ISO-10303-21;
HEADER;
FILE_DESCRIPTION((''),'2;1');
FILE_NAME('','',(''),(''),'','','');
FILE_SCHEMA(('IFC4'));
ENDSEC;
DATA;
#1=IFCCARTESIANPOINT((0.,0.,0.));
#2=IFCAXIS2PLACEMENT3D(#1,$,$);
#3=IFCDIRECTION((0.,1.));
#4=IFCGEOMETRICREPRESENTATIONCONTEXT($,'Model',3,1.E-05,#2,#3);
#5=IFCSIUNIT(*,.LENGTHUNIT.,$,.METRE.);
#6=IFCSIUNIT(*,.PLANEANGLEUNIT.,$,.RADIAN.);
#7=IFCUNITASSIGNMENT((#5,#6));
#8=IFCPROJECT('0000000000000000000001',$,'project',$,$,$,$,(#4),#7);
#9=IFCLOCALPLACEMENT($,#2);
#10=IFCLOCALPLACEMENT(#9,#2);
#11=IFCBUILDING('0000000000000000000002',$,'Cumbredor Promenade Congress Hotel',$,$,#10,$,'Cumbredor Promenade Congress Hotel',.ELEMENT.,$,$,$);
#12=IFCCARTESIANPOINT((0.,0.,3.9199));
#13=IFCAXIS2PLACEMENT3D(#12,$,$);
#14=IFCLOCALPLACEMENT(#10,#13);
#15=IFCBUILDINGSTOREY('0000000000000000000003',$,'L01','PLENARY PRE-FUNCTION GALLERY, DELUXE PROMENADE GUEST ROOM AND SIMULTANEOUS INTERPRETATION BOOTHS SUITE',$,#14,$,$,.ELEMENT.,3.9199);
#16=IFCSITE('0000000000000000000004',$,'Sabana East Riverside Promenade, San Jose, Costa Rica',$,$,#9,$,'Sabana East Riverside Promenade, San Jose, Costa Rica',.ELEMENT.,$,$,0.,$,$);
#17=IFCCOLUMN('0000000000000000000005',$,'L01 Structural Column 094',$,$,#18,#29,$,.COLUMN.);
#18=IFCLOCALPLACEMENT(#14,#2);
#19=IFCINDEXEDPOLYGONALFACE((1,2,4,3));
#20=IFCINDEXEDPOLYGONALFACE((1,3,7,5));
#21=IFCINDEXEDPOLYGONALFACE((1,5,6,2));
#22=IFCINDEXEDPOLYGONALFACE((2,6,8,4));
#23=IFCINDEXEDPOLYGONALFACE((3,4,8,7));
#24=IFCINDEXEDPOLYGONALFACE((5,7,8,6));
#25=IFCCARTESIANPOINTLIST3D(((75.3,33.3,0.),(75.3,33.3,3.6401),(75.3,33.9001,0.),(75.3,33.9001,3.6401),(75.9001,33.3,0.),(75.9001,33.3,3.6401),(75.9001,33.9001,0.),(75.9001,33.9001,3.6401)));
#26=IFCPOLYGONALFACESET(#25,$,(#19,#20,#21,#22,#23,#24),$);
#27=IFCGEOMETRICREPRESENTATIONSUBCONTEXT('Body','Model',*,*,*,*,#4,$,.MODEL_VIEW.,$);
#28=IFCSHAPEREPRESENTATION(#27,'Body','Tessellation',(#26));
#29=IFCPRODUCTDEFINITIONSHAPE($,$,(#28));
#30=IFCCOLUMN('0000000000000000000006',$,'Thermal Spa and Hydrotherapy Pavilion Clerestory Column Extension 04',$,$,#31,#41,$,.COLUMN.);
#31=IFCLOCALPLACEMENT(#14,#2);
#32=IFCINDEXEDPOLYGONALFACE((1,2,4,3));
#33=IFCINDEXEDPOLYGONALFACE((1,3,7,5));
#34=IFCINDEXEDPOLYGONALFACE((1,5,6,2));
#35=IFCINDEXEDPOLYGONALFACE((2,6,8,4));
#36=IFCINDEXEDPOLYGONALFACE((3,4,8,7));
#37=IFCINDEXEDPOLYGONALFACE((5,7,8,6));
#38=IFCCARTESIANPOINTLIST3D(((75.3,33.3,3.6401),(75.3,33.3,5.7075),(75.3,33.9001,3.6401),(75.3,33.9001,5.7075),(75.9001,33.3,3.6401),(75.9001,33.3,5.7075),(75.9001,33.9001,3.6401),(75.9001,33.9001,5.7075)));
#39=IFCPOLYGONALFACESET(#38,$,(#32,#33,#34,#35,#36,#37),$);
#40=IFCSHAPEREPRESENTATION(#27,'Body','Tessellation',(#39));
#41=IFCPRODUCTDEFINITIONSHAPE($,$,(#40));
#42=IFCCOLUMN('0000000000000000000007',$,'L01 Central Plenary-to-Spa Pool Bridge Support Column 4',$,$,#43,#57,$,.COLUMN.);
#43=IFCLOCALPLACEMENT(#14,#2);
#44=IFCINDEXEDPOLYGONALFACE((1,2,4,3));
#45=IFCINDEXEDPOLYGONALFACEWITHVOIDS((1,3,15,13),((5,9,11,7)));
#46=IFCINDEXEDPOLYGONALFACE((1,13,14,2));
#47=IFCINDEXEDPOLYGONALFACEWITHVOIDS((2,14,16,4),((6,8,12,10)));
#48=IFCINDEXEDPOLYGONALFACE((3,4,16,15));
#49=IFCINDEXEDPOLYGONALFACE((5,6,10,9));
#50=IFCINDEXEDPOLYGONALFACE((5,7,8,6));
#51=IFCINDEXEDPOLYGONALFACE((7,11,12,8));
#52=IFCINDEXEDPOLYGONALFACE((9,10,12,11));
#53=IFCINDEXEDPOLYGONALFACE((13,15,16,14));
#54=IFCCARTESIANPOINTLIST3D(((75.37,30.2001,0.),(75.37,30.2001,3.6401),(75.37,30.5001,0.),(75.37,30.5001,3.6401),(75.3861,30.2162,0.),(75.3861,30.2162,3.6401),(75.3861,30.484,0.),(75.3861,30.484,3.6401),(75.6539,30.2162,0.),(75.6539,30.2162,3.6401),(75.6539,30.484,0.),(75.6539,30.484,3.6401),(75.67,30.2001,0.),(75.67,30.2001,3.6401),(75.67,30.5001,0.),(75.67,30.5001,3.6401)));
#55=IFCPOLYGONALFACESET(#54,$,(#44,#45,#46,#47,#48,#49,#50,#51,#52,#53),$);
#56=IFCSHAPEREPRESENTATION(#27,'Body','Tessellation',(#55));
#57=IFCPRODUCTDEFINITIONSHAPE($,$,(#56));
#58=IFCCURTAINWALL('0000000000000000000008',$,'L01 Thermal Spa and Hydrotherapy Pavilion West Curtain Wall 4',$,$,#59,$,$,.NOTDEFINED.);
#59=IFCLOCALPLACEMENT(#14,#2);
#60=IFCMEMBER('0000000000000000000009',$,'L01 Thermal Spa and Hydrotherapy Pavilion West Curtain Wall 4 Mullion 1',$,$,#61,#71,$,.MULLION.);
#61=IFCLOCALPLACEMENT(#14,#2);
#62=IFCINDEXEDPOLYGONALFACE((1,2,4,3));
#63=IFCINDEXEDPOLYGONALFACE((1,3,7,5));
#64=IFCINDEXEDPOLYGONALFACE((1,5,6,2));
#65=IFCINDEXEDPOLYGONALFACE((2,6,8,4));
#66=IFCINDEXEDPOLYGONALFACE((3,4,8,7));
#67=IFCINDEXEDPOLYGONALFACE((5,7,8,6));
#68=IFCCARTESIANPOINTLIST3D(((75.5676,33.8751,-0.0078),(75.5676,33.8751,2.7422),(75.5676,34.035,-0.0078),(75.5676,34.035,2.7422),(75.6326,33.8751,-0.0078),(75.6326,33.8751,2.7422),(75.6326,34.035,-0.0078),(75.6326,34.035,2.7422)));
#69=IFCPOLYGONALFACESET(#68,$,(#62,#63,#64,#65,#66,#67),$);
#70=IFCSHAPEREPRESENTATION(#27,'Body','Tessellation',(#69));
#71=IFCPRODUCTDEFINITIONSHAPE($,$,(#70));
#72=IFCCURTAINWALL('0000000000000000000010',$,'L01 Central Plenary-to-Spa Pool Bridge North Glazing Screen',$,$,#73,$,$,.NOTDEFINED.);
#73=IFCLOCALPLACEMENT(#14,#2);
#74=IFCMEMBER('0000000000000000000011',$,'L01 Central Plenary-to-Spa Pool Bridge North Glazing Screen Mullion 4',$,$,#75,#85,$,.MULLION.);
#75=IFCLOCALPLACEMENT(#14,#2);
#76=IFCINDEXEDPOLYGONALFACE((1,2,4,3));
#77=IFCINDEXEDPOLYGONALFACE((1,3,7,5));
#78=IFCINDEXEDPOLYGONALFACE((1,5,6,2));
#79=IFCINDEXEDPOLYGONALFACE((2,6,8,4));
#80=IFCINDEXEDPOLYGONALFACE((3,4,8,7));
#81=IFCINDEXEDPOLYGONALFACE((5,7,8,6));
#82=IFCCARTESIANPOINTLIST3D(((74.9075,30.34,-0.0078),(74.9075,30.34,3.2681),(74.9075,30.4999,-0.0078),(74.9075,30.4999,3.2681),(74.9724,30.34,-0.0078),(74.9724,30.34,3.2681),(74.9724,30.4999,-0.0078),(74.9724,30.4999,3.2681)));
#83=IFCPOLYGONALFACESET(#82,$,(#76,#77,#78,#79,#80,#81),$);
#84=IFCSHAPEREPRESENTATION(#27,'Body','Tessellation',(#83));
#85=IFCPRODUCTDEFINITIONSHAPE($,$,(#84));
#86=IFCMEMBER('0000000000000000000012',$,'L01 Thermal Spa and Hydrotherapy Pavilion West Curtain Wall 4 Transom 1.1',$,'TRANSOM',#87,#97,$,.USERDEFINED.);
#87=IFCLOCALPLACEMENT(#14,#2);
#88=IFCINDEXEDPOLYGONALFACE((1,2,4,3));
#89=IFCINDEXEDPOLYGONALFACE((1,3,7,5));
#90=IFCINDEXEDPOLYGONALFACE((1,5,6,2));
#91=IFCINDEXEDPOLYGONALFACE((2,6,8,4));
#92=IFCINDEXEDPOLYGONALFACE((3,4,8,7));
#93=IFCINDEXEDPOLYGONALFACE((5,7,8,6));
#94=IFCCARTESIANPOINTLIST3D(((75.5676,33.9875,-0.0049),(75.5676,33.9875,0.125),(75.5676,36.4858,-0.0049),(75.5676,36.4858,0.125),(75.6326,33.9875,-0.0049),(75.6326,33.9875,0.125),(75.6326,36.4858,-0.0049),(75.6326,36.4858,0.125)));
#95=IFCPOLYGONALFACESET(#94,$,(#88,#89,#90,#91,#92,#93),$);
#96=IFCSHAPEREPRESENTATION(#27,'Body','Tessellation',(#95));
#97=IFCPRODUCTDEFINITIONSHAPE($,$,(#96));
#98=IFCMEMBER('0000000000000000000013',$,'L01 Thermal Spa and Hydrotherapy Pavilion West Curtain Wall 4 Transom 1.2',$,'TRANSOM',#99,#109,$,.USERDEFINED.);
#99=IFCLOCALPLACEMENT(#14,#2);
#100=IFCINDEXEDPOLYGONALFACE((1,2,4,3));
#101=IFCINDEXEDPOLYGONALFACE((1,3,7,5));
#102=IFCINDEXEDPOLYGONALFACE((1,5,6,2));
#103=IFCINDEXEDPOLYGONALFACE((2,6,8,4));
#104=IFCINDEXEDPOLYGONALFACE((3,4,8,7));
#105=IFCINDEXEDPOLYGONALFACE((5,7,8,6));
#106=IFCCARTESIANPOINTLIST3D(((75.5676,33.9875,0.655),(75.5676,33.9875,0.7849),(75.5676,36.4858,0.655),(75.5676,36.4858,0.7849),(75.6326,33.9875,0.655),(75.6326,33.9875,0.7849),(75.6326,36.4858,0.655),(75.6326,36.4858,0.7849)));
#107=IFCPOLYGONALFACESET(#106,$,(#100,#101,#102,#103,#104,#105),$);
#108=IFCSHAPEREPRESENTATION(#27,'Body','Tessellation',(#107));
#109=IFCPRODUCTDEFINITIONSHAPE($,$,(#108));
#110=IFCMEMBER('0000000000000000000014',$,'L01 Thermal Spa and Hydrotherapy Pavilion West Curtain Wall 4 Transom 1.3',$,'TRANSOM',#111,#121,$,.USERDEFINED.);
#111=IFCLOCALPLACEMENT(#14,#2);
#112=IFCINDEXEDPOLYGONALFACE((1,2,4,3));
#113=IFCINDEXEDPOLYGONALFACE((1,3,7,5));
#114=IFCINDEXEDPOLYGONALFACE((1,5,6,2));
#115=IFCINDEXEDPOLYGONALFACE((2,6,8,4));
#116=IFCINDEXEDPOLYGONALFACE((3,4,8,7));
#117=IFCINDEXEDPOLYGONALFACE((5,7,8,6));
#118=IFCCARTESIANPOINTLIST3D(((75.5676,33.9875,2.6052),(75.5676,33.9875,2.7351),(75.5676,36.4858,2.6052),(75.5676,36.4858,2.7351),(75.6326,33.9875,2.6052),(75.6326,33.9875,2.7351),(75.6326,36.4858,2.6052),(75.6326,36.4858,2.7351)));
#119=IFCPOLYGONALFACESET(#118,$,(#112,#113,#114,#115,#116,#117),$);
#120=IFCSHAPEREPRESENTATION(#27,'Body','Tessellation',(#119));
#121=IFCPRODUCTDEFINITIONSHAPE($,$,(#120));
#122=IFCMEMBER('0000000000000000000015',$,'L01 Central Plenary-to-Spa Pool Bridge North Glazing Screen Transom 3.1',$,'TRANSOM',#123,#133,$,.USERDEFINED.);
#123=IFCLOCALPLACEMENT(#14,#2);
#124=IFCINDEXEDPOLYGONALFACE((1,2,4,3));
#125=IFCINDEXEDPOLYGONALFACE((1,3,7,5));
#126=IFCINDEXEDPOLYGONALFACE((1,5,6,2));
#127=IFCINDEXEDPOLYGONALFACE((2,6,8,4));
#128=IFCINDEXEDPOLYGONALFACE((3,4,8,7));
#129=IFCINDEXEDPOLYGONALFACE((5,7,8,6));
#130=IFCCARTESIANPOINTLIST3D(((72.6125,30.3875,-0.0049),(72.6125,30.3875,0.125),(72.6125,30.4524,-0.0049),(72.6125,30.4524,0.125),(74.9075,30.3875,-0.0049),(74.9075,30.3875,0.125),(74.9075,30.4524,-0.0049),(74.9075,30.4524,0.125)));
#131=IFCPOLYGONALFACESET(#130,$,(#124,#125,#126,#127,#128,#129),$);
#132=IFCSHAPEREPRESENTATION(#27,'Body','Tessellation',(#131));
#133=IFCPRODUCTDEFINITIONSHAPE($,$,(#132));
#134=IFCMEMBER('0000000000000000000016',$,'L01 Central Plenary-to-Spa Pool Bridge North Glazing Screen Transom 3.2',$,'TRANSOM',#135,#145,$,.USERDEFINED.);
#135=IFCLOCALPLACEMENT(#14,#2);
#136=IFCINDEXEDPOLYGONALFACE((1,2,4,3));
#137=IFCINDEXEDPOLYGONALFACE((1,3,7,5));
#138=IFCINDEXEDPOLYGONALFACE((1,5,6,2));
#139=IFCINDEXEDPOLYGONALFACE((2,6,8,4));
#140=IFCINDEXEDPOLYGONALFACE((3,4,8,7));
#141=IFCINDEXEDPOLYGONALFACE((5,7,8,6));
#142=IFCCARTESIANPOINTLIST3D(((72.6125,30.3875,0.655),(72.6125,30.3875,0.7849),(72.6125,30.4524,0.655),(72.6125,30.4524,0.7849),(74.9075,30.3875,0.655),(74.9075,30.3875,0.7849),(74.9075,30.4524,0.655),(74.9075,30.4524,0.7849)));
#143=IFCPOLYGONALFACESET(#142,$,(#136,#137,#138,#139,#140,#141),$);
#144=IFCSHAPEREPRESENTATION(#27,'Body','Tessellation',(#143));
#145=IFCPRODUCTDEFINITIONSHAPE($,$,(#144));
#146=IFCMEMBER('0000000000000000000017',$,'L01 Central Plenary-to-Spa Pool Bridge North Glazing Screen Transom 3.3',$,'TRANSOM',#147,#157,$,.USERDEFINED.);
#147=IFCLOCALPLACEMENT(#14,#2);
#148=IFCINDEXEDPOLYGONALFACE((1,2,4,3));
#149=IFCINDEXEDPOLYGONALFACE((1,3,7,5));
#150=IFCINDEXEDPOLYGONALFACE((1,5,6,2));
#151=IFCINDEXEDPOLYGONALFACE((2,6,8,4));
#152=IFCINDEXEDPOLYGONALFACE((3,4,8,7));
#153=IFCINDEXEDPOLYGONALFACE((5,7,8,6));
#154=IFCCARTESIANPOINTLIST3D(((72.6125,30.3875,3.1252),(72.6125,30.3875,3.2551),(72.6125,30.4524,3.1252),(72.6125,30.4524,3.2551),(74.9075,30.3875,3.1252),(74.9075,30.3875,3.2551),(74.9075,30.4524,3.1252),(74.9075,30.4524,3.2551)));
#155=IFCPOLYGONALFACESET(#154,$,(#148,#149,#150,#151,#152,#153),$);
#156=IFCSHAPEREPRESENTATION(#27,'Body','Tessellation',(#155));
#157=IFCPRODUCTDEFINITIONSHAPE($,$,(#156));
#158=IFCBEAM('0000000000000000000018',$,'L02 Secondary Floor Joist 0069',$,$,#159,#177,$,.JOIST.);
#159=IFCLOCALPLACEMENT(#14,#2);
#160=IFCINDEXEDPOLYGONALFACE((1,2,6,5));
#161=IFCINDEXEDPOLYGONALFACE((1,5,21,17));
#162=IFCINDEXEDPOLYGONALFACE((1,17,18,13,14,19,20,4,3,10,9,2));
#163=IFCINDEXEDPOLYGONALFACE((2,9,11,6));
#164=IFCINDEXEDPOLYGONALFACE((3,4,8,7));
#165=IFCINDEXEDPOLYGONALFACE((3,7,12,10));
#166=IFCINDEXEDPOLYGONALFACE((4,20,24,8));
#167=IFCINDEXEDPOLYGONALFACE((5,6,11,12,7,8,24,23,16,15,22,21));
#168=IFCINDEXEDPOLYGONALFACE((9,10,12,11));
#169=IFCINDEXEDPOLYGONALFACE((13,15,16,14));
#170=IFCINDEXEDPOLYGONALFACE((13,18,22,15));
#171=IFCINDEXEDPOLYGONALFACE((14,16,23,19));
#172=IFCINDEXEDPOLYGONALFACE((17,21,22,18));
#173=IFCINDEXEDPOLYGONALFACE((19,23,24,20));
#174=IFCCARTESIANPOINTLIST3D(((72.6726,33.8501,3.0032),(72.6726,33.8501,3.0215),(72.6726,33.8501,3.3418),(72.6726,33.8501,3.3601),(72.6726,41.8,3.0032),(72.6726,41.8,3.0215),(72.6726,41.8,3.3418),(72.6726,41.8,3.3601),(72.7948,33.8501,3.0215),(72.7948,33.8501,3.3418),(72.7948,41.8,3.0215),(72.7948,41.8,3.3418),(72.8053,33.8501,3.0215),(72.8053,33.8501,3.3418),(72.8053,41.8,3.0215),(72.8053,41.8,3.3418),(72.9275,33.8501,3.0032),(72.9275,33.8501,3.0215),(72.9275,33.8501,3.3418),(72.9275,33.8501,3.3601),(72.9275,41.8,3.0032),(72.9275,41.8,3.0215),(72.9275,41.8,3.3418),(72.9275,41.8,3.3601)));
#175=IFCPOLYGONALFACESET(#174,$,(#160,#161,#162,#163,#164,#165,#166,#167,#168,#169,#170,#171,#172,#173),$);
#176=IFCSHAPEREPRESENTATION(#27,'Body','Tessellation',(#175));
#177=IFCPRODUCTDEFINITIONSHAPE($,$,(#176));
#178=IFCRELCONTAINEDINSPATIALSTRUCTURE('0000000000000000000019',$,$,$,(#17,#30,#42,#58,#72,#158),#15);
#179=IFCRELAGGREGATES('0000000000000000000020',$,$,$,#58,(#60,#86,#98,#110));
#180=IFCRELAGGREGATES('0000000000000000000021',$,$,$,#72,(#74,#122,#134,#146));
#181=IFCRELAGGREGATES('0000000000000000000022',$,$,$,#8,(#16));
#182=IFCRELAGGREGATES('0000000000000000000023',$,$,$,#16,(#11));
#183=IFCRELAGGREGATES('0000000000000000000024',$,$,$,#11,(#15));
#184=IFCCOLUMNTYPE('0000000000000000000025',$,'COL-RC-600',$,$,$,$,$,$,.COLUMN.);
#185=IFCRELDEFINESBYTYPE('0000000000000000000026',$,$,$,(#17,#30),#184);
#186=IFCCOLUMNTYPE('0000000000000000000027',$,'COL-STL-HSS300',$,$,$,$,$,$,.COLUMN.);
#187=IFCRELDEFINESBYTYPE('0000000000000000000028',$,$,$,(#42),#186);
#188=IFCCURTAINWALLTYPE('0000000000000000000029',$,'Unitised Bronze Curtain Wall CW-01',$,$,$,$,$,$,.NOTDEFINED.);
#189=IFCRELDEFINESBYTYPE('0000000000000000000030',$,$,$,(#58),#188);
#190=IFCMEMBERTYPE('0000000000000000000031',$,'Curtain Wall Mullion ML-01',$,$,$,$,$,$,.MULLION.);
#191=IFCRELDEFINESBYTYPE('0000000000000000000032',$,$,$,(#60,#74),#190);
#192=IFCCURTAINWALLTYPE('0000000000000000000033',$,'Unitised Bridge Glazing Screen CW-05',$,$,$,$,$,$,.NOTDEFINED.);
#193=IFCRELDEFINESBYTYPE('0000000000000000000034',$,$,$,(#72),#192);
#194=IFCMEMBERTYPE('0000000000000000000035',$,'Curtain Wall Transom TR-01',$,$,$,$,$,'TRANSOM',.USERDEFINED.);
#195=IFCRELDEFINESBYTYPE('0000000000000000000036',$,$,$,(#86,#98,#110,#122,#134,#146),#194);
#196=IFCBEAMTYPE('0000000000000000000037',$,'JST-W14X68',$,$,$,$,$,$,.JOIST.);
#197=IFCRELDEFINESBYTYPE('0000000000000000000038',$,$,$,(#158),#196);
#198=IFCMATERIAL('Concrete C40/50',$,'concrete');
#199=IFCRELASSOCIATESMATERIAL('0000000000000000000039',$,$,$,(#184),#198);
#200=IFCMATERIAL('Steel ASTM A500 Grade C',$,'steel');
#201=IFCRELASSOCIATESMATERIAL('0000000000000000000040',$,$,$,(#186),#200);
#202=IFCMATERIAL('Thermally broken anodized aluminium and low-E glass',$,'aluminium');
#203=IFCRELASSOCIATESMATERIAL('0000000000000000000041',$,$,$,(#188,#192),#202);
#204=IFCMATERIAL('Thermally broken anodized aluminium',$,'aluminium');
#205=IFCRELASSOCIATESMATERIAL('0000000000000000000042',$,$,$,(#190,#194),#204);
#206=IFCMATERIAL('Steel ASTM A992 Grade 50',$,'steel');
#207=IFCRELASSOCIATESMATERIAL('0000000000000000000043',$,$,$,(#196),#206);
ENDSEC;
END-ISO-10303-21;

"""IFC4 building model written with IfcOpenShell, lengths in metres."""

from ifc_helpers import new_model, si_unit, direction, frame, origin, origin_2d, place, context, subcontext, project, spatial, rectangle, hollow_rectangle, i_section, extrude, material, material_profile, profile_set, type_object, element, aggregate, save


model = new_model("IFC4")

# Units and contexts
model_context = context("Model", 3, precision=1e-05, world=origin(), true_north=direction((0.0, 1.0)))
body_context = subcontext(model_context, "Body", "Model", "MODEL_VIEW")
ifc_project = project(units=[si_unit("LENGTHUNIT", "METRE"), si_unit("PLANEANGLEUNIT", "RADIAN")], contexts=[model_context])

# Site, building, storey
site_placement = place(None, origin())
site = spatial("IfcSite", under=ifc_project, at=site_placement, Name="Sabana East Riverside Promenade, San Jose, Costa Rica", LongName="Sabana East Riverside Promenade, San Jose, Costa Rica", CompositionType="ELEMENT", RefElevation=0.0)
building_placement = place(site_placement, origin())
building = spatial("IfcBuilding", under=site, at=building_placement, Name="Cumbredor Promenade Congress Hotel", LongName="Cumbredor Promenade Congress Hotel", CompositionType="ELEMENT")
storey_placement = place(building_placement, frame((0.0, 0.0, 3.9199)))
storey = spatial("IfcBuildingStorey", under=building, at=storey_placement, Name="L01", Description="PLENARY PRE-FUNCTION GALLERY, DELUXE PROMENADE GUEST ROOM AND SIMULTANEOUS INTERPRETATION BOOTHS SUITE", CompositionType="ELEMENT", Elevation=3.9199)

# Columns
ifc_material_1 = material(Name="Concrete C40/50", Category="concrete")
ifc_material_profile_1 = material_profile(ifc_material_1, rectangle(XDim=0.6001, YDim=0.6001, at=origin_2d()), Name="RC 600x600")
ifc_profile_set_1 = profile_set([ifc_material_profile_1], Name="Concrete C40/50")
column_type_1 = type_object("IfcColumnType", Name="COL-RC-600", PredefinedType="COLUMN", material=ifc_profile_set_1)
column_1_placement = place(storey_placement, frame((75.6001, 33.6001, 0.0), z_axis=(0.0, 0.0, 1.0), x_axis=(1.0, 0.0, 0.0)))
element("IfcColumn", 1, at=column_1_placement, inside=storey, type_object=column_type_1, Name="L01 Structural Column 094", PredefinedType="COLUMN", context=body_context, shape_type="SweptSolid", body=[
    extrude(rectangle(XDim=0.6001, YDim=0.6001, at=origin_2d()), origin(), (0.0, 0.0, 1.0), 3.6401),
])
column_2_placement = place(storey_placement, frame((75.6001, 33.6001, 3.6401), z_axis=(0.0, 0.0, 1.0), x_axis=(1.0, 0.0, 0.0)))
element("IfcColumn", 2, at=column_2_placement, inside=storey, type_object=column_type_1, Name="Thermal Spa and Hydrotherapy Pavilion Clerestory Column Extension 04", PredefinedType="COLUMN", context=body_context, shape_type="SweptSolid", body=[
    extrude(rectangle(XDim=0.6001, YDim=0.6001, at=origin_2d()), origin(), (0.0, 0.0, 1.0), 2.0674),
])
ifc_material_2 = material(Name="Steel ASTM A500 Grade C", Category="steel")
ifc_material_profile_2 = material_profile(ifc_material_2, hollow_rectangle(XDim=0.3, YDim=0.3, WallThickness=0.0161, at=origin_2d()), Name="HSS 300x300x16")
ifc_profile_set_2 = profile_set([ifc_material_profile_2], Name="Steel ASTM A500 Grade C")
column_type_2 = type_object("IfcColumnType", Name="COL-STL-HSS300", PredefinedType="COLUMN", material=ifc_profile_set_2)
column_3_placement = place(storey_placement, frame((75.52, 30.3501, 0.0), z_axis=(0.0, 0.0, 1.0), x_axis=(1.0, 0.0, 0.0)))
element("IfcColumn", 3, at=column_3_placement, inside=storey, type_object=column_type_2, Name="L01 Central Plenary-to-Spa Pool Bridge Support Column 4", PredefinedType="COLUMN", context=body_context, shape_type="SweptSolid", body=[
    extrude(hollow_rectangle(XDim=0.3, YDim=0.3, WallThickness=0.0161, at=origin_2d()), origin(), (0.0, 0.0, 1.0), 3.6401),
])

# Curtain walls, members
ifc_material_3 = material(Name="Thermally broken anodized aluminium and low-E glass", Category="aluminium")
curtain_wall_type_1 = type_object("IfcCurtainWallType", Name="Unitised Bronze Curtain Wall CW-01", PredefinedType="NOTDEFINED", material=ifc_material_3)
curtain_wall_1_placement = place(storey_placement, origin())
curtain_wall_1 = element("IfcCurtainWall", 4, at=curtain_wall_1_placement, inside=storey, type_object=curtain_wall_type_1, Name="L01 Thermal Spa and Hydrotherapy Pavilion West Curtain Wall 4", PredefinedType="NOTDEFINED")
ifc_material_4 = material(Name="Thermally broken anodized aluminium", Category="aluminium")
ifc_material_profile_3 = material_profile(ifc_material_4, rectangle(XDim=0.0649, YDim=0.1599, at=origin_2d()), Name="ALU MULLION 65x160")
ifc_profile_set_3 = profile_set([ifc_material_profile_3], Name="Thermally broken anodized aluminium")
member_type_1 = type_object("IfcMemberType", Name="Curtain Wall Mullion ML-01", PredefinedType="MULLION", material=ifc_profile_set_3)
member_1_placement = place(storey_placement, frame((75.6001, 33.9551, -0.0078), z_axis=(0.0, 0.0, 1.0), x_axis=(1.0, 0.0, 0.0)))
member_1 = element("IfcMember", 5, at=member_1_placement, type_object=member_type_1, Name="L01 Thermal Spa and Hydrotherapy Pavilion West Curtain Wall 4 Mullion 1", PredefinedType="MULLION", context=body_context, shape_type="SweptSolid", body=[
    extrude(rectangle(XDim=0.0649, YDim=0.1599, at=origin_2d()), origin(), (0.0, 0.0, 1.0), 2.75),
])
curtain_wall_type_2 = type_object("IfcCurtainWallType", Name="Unitised Bridge Glazing Screen CW-05", PredefinedType="NOTDEFINED", material=ifc_material_3)
curtain_wall_2_placement = place(storey_placement, origin())
curtain_wall_2 = element("IfcCurtainWall", 6, at=curtain_wall_2_placement, inside=storey, type_object=curtain_wall_type_2, Name="L01 Central Plenary-to-Spa Pool Bridge North Glazing Screen", PredefinedType="NOTDEFINED")
member_2_placement = place(storey_placement, frame((74.9399, 30.4199, -0.0078), z_axis=(0.0, 0.0, 1.0), x_axis=(1.0, 0.0, 0.0)))
member_2 = element("IfcMember", 7, at=member_2_placement, type_object=member_type_1, Name="L01 Central Plenary-to-Spa Pool Bridge North Glazing Screen Mullion 4", PredefinedType="MULLION", context=body_context, shape_type="SweptSolid", body=[
    extrude(rectangle(XDim=0.0649, YDim=0.1599, at=origin_2d()), origin(), (0.0, 0.0, 1.0), 3.2759),
])

# Members
ifc_material_profile_4 = material_profile(ifc_material_4, rectangle(XDim=0.0649, YDim=0.1299, at=origin_2d()), Name="ALU TRANSOM 65x130")
ifc_profile_set_4 = profile_set([ifc_material_profile_4], Name="Thermally broken anodized aluminium")
member_type_2 = type_object("IfcMemberType", Name="Curtain Wall Transom TR-01", ElementType="TRANSOM", PredefinedType="USERDEFINED", material=ifc_profile_set_4)
member_3_placement = place(storey_placement, frame((75.6001, 33.9875, 0.0601), z_axis=(0.0, 1.0, 0.0), x_axis=(-1.0, 0.0, 0.0)))
member_3 = element("IfcMember", 8, at=member_3_placement, type_object=member_type_2, Name="L01 Thermal Spa and Hydrotherapy Pavilion West Curtain Wall 4 Transom 1.1", ObjectType="TRANSOM", PredefinedType="USERDEFINED", context=body_context, shape_type="SweptSolid", body=[
    extrude(rectangle(XDim=0.0649, YDim=0.1299, at=origin_2d()), origin(), (0.0, 0.0, 1.0), 2.4983),
])
member_4_placement = place(storey_placement, frame((75.6001, 33.9875, 0.72), z_axis=(0.0, 1.0, 0.0), x_axis=(-1.0, 0.0, 0.0)))
member_4 = element("IfcMember", 9, at=member_4_placement, type_object=member_type_2, Name="L01 Thermal Spa and Hydrotherapy Pavilion West Curtain Wall 4 Transom 1.2", ObjectType="TRANSOM", PredefinedType="USERDEFINED", context=body_context, shape_type="SweptSolid", body=[
    extrude(rectangle(XDim=0.0649, YDim=0.1299, at=origin_2d()), origin(), (0.0, 0.0, 1.0), 2.4983),
])
member_5_placement = place(storey_placement, frame((75.6001, 33.9875, 2.6702), z_axis=(0.0, 1.0, 0.0), x_axis=(-1.0, 0.0, 0.0)))
member_5 = element("IfcMember", 10, at=member_5_placement, type_object=member_type_2, Name="L01 Thermal Spa and Hydrotherapy Pavilion West Curtain Wall 4 Transom 1.3", ObjectType="TRANSOM", PredefinedType="USERDEFINED", context=body_context, shape_type="SweptSolid", body=[
    extrude(rectangle(XDim=0.0649, YDim=0.1299, at=origin_2d()), origin(), (0.0, 0.0, 1.0), 2.4983),
])
aggregate(curtain_wall_1, [member_1, member_3, member_4, member_5])
member_6_placement = place(storey_placement, frame((72.6125, 30.4199, 0.0601), z_axis=(1.0, 0.0, 0.0), x_axis=(0.0, 1.0, 0.0)))
member_6 = element("IfcMember", 11, at=member_6_placement, type_object=member_type_2, Name="L01 Central Plenary-to-Spa Pool Bridge North Glazing Screen Transom 3.1", ObjectType="TRANSOM", PredefinedType="USERDEFINED", context=body_context, shape_type="SweptSolid", body=[
    extrude(rectangle(XDim=0.0649, YDim=0.1299, at=origin_2d()), origin(), (0.0, 0.0, 1.0), 2.2949),
])
member_7_placement = place(storey_placement, frame((72.6125, 30.4199, 0.72), z_axis=(1.0, 0.0, 0.0), x_axis=(0.0, 1.0, 0.0)))
member_7 = element("IfcMember", 12, at=member_7_placement, type_object=member_type_2, Name="L01 Central Plenary-to-Spa Pool Bridge North Glazing Screen Transom 3.2", ObjectType="TRANSOM", PredefinedType="USERDEFINED", context=body_context, shape_type="SweptSolid", body=[
    extrude(rectangle(XDim=0.0649, YDim=0.1299, at=origin_2d()), origin(), (0.0, 0.0, 1.0), 2.2949),
])
member_8_placement = place(storey_placement, frame((72.6125, 30.4199, 3.1902), z_axis=(1.0, 0.0, 0.0), x_axis=(0.0, 1.0, 0.0)))
member_8 = element("IfcMember", 13, at=member_8_placement, type_object=member_type_2, Name="L01 Central Plenary-to-Spa Pool Bridge North Glazing Screen Transom 3.3", ObjectType="TRANSOM", PredefinedType="USERDEFINED", context=body_context, shape_type="SweptSolid", body=[
    extrude(rectangle(XDim=0.0649, YDim=0.1299, at=origin_2d()), origin(), (0.0, 0.0, 1.0), 2.2949),
])

# Beam
ifc_material_5 = material(Name="Steel ASTM A992 Grade 50", Category="steel")
ifc_material_profile_5 = material_profile(ifc_material_5, i_section(OverallWidth=0.2549, OverallDepth=0.3569, WebThickness=0.0105, FlangeThickness=0.0183, at=origin_2d()), Name="W14X68")
ifc_profile_set_5 = profile_set([ifc_material_profile_5], Name="Steel ASTM A992 Grade 50")
beam_type_1 = type_object("IfcBeamType", Name="JST-W14X68", PredefinedType="JOIST", material=ifc_profile_set_5)
beam_1_placement = place(storey_placement, frame((72.8, 33.8501, 3.1816), z_axis=(0.0, 1.0, 0.0), x_axis=(-1.0, 0.0, 0.0)))
element("IfcBeam", 14, at=beam_1_placement, inside=storey, type_object=beam_type_1, Name="L02 Secondary Floor Joist 0069", PredefinedType="JOIST", context=body_context, shape_type="SweptSolid", body=[
    extrude(i_section(OverallWidth=0.2549, OverallDepth=0.3569, WebThickness=0.0105, FlangeThickness=0.0183, at=origin_2d()), origin(), (0.0, 0.0, 1.0), 7.95),
])

aggregate(curtain_wall_2, [member_2, member_6, member_7, member_8])

save(model, "model.ifc")
